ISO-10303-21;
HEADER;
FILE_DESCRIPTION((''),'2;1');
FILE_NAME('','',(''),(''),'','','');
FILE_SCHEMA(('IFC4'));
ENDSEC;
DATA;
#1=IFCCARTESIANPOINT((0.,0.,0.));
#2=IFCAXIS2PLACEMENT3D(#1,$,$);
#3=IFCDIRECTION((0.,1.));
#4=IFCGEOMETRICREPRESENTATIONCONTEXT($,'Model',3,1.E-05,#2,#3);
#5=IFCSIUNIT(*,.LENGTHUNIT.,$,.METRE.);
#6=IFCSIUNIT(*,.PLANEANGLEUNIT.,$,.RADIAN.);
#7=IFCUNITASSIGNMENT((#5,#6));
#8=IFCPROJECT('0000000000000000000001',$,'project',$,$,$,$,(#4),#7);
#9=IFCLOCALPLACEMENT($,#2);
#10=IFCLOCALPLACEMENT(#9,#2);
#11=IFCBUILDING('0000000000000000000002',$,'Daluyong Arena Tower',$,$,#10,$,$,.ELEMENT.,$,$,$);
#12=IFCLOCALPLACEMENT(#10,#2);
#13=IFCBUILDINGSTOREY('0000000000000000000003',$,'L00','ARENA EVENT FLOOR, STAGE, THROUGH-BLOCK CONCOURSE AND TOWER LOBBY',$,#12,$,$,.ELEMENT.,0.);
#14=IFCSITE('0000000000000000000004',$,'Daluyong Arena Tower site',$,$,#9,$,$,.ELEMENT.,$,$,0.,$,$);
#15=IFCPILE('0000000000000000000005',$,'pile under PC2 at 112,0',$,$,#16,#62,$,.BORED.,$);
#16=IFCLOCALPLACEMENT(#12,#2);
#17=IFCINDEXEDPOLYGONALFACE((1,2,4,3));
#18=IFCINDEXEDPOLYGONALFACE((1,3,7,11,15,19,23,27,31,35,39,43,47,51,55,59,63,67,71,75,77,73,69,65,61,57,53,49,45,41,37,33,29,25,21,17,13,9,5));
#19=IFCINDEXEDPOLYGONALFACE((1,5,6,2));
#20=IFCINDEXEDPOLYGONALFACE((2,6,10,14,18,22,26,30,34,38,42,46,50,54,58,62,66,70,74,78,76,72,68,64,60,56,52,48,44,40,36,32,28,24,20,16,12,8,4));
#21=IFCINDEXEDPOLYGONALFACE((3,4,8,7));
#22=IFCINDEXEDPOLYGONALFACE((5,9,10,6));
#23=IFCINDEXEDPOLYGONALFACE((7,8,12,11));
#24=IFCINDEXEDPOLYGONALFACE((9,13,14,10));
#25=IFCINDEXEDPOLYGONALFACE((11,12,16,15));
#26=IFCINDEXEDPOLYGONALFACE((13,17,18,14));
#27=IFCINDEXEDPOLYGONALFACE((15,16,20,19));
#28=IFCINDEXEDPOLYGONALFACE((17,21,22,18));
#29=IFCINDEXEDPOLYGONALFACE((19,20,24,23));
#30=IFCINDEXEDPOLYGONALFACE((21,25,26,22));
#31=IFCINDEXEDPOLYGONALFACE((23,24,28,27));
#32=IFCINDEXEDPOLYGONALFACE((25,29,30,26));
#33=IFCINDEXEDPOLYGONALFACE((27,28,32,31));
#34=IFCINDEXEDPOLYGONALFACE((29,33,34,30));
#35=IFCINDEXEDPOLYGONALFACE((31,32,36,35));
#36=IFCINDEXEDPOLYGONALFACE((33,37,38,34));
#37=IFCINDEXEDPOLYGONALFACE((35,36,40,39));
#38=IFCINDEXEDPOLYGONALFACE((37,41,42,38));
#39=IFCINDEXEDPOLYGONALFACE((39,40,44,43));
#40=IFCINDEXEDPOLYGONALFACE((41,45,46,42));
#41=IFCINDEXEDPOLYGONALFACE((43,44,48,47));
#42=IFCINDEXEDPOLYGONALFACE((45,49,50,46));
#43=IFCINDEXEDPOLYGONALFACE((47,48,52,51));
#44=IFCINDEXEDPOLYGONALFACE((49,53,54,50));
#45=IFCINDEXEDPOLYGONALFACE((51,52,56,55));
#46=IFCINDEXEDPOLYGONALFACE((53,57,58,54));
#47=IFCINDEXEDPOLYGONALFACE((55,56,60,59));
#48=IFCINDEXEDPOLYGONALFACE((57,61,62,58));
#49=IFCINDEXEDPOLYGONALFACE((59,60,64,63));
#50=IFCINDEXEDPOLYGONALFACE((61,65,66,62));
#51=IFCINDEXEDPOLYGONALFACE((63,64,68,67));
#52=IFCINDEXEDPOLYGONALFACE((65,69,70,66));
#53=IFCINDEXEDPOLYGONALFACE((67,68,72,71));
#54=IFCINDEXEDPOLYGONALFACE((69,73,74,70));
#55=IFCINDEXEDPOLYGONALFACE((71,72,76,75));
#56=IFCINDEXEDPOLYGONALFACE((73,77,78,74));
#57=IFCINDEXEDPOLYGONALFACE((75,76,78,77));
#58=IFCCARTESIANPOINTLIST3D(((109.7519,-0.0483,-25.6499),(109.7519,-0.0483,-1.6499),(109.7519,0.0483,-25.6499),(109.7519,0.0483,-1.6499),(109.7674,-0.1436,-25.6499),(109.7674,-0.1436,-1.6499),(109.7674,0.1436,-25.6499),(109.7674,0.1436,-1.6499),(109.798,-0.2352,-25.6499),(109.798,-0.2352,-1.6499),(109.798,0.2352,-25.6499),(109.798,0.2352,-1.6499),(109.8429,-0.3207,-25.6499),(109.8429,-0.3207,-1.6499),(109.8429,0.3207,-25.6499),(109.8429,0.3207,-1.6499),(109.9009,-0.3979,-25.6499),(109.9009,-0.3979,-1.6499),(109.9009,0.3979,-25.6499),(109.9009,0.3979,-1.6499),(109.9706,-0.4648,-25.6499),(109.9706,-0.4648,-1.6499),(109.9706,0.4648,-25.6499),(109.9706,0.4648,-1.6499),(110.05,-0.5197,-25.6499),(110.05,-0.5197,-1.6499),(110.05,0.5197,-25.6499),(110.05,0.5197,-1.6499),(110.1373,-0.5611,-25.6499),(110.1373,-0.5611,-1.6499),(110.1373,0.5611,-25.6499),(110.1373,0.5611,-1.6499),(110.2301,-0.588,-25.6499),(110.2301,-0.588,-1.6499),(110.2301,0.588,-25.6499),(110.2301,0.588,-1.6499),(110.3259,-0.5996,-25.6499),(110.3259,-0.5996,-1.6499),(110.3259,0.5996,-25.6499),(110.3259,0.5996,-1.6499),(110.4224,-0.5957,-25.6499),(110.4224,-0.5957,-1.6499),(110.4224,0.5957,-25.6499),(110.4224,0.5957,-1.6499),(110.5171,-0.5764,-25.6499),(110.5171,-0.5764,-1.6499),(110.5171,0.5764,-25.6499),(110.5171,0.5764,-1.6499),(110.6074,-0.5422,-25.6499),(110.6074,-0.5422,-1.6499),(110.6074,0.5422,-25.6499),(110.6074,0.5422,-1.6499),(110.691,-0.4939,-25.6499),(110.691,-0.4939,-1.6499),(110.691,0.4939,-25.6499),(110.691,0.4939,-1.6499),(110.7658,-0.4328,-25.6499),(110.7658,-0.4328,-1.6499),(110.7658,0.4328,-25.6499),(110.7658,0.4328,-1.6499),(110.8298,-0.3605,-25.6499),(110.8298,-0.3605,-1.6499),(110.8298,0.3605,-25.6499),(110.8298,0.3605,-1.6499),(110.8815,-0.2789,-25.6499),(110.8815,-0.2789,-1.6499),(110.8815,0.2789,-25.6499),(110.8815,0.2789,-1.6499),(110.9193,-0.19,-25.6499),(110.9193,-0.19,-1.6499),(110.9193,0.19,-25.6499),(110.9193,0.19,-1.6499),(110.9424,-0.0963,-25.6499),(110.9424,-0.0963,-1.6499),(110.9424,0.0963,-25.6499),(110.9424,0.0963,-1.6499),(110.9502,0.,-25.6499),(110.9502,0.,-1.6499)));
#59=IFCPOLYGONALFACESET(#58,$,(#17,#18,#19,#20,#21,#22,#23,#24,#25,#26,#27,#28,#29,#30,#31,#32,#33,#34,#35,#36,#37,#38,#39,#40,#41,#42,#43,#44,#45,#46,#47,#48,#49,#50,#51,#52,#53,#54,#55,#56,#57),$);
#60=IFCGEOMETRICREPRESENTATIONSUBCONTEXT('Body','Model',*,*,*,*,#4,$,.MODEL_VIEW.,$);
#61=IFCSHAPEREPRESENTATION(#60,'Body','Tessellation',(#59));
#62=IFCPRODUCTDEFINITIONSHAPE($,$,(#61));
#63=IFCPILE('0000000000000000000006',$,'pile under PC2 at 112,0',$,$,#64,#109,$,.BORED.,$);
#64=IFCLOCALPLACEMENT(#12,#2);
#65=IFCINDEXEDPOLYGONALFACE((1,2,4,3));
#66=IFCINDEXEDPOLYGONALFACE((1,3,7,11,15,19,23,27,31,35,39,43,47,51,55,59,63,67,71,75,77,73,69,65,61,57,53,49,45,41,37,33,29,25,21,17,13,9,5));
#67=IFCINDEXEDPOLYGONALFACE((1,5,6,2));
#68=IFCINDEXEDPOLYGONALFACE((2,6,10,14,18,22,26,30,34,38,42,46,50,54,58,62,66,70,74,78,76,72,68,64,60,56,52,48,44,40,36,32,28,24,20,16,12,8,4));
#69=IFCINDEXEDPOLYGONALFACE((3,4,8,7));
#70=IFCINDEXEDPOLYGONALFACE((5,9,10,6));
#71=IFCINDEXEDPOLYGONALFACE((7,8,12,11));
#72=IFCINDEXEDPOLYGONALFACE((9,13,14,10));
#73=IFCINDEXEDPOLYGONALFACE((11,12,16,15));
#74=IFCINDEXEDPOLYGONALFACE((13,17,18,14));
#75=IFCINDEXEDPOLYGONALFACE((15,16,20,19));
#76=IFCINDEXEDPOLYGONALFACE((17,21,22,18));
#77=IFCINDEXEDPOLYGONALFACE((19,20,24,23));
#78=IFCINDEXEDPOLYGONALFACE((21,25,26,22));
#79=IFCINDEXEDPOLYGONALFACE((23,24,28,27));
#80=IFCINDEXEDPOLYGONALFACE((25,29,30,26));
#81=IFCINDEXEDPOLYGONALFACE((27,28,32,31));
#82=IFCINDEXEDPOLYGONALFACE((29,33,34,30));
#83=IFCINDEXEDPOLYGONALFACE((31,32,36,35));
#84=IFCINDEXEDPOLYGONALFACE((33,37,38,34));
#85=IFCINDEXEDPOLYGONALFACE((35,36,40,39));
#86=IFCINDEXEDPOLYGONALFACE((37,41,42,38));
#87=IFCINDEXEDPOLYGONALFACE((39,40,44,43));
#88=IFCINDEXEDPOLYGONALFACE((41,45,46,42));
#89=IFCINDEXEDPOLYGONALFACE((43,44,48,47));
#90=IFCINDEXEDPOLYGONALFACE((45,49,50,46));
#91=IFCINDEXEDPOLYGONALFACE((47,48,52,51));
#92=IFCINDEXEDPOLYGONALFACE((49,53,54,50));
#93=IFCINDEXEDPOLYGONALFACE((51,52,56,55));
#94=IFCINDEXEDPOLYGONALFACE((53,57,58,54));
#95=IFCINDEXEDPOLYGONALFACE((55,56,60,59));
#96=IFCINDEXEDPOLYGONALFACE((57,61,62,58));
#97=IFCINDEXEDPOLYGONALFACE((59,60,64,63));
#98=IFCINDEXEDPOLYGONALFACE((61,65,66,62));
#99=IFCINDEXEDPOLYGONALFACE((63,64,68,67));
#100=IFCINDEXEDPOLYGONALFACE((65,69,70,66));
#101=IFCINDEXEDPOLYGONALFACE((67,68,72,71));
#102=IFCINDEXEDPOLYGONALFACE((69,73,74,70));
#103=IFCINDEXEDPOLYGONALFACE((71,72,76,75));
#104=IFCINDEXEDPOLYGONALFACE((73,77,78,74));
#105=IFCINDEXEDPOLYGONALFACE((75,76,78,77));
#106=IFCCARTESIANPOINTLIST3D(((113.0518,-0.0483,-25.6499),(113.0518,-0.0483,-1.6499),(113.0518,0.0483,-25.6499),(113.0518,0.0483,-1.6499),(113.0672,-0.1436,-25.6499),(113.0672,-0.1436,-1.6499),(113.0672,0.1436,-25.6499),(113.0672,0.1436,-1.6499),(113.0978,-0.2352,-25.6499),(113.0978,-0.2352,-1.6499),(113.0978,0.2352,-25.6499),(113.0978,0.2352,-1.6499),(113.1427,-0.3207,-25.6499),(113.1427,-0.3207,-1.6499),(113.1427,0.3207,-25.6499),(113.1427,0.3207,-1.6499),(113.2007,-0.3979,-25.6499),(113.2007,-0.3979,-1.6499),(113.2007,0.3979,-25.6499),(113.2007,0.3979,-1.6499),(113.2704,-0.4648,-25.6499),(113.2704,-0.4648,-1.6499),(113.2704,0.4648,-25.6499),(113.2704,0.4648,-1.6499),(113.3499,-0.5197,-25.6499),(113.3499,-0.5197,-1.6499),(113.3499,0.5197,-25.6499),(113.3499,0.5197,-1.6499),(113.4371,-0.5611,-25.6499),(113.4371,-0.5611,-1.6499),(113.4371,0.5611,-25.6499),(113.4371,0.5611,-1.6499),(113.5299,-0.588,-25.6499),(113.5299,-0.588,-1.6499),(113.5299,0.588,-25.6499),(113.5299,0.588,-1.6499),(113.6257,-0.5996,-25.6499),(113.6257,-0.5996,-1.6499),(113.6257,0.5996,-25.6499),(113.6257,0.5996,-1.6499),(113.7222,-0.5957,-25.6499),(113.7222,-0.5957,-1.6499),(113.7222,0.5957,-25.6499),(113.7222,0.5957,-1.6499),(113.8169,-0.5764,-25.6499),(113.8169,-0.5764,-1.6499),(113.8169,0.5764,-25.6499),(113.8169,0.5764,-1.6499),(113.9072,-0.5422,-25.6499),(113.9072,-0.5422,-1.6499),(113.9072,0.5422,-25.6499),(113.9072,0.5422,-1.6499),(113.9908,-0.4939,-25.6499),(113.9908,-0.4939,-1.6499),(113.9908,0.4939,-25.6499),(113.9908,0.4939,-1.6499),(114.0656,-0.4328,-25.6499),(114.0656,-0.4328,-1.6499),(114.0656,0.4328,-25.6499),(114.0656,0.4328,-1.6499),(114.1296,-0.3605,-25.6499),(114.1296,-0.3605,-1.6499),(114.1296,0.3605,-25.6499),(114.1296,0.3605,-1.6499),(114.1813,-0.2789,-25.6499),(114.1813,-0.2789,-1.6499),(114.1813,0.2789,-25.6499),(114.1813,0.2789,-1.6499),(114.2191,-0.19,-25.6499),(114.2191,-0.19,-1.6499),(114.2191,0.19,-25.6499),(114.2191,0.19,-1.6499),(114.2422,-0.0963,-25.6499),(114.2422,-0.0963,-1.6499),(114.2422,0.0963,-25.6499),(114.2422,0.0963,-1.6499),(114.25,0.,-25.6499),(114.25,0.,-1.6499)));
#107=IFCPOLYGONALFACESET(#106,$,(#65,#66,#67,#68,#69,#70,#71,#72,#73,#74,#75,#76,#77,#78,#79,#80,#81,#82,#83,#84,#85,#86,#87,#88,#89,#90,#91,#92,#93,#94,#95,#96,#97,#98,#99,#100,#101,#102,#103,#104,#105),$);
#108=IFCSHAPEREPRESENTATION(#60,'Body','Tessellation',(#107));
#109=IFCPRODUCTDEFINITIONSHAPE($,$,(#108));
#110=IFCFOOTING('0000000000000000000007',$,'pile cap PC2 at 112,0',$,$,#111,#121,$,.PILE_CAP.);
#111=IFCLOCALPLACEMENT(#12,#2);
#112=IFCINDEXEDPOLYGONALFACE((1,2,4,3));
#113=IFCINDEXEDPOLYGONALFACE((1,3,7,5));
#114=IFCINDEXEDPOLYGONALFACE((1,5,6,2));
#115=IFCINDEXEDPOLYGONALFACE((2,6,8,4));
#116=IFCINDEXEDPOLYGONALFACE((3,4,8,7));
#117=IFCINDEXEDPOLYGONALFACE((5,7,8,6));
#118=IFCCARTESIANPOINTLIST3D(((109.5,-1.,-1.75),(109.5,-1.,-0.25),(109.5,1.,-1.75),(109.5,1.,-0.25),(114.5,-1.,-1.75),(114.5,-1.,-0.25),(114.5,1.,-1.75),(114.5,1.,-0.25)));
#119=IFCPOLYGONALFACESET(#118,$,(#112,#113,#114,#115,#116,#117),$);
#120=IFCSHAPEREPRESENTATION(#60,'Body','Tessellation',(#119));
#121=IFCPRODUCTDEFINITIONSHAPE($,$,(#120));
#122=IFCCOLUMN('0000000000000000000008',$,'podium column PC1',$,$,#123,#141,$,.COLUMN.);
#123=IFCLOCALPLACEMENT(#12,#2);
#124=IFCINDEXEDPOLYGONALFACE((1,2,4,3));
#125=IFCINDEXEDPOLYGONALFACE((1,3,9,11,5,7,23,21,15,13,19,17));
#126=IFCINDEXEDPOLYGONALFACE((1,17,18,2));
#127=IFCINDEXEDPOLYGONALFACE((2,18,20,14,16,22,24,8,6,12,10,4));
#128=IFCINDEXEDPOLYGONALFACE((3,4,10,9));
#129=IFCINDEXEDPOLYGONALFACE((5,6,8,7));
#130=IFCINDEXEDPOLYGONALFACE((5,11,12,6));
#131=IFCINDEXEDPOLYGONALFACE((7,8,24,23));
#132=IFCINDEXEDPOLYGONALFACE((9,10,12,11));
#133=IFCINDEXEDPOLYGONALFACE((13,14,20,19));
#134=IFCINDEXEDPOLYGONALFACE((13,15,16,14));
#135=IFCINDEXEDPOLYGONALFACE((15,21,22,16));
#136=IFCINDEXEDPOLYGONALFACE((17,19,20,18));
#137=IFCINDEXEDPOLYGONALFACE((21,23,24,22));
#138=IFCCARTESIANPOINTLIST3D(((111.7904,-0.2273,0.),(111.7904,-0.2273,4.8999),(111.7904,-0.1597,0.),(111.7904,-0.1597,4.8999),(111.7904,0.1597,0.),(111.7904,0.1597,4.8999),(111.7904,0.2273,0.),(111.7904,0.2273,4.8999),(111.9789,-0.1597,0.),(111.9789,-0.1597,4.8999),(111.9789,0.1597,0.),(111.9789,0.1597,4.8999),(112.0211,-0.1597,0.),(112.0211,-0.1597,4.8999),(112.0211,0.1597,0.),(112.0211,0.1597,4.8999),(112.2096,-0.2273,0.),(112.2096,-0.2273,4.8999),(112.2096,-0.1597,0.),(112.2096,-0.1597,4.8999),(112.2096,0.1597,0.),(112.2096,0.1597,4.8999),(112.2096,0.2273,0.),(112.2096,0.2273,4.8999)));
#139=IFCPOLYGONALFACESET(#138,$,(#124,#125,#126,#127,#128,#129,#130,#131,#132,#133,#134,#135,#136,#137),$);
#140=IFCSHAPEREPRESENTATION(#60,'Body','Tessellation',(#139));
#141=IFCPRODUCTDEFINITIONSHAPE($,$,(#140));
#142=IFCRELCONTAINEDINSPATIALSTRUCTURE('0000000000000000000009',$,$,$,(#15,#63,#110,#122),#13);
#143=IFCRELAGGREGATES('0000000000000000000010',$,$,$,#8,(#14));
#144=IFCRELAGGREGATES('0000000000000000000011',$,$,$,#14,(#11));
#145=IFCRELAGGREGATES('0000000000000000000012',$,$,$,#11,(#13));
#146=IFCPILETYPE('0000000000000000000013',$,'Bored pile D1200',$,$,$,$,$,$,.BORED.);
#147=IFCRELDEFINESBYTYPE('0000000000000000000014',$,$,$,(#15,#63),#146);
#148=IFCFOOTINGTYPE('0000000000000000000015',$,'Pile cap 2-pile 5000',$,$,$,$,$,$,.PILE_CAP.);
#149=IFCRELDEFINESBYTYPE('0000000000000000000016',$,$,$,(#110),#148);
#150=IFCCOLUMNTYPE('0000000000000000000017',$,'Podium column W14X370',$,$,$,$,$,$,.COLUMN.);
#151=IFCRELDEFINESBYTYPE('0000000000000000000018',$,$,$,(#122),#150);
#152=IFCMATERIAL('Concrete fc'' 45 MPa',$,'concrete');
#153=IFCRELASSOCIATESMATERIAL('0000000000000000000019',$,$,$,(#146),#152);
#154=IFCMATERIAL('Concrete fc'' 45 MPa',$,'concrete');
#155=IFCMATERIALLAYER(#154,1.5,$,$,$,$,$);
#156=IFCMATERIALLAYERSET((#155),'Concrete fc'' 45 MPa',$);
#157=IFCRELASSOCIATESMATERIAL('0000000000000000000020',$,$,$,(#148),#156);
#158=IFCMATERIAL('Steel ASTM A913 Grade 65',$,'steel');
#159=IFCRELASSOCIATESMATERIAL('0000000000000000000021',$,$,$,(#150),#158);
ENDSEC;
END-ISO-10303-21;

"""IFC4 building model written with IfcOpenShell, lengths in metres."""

from ifc_helpers import new_model, si_unit, direction, frame, origin, origin_2d, place, context, subcontext, project, spatial, rectangle, circle, i_section, extrude, material, layer, layer_set, material_profile, profile_set, type_object, element, save


model = new_model("IFC4")

# Units and contexts
model_context = context("Model", 3, precision=1e-05, world=origin(), true_north=direction((0.0, 1.0)))
body_context = subcontext(model_context, "Body", "Model", "MODEL_VIEW")
ifc_project = project(units=[si_unit("LENGTHUNIT", "METRE"), si_unit("PLANEANGLEUNIT", "RADIAN")], contexts=[model_context])

# Site, building, storey
site_placement = place(None, origin())
site = spatial("IfcSite", under=ifc_project, at=site_placement, Name="Daluyong Arena Tower site", CompositionType="ELEMENT", RefElevation=0.0)
building_placement = place(site_placement, origin())
building = spatial("IfcBuilding", under=site, at=building_placement, Name="Daluyong Arena Tower", CompositionType="ELEMENT")
storey_placement = place(building_placement, origin())
storey = spatial("IfcBuildingStorey", under=building, at=storey_placement, Name="L00", Description="ARENA EVENT FLOOR, STAGE, THROUGH-BLOCK CONCOURSE AND TOWER LOBBY", CompositionType="ELEMENT", Elevation=0.0)

# Piles
ifc_material_1 = material(Name="Concrete fc' 45 MPa", Category="concrete")
pile_type = type_object("IfcPileType", Name="Bored pile D1200", PredefinedType="BORED", material=ifc_material_1)
for number, where, z_axis, x_axis, name in (
    (1, (110.3501, 0.0, -1.6499), (0.0, 0.0, -1.0), (1.0, 0.0, 0.0), "pile under PC2 at 112,0"),
    (2, (113.6499, 0.0, -1.6499), (0.0, 0.0, -1.0), (1.0, 0.0, 0.0), "pile under PC2 at 112,0"),
):
    element("IfcPile", number, at=place(storey_placement, frame(where, z_axis=z_axis, x_axis=x_axis)), inside=storey, type_object=pile_type, Name=name, PredefinedType="BORED", context=body_context, shape_type="SweptSolid", body=[
        extrude(circle(Radius=0.6001, at=origin_2d()), origin(), (0.0, 0.0, 1.0), 24.0),
    ])

# Footing
ifc_material_2 = material(Name="Concrete fc' 45 MPa", Category="concrete")
ifc_layer_1 = layer(ifc_material_2, 1.5)
ifc_layer_set_1 = layer_set([ifc_layer_1], Name="Concrete fc' 45 MPa")
footing_type = type_object("IfcFootingType", Name="Pile cap 2-pile 5000", PredefinedType="PILE_CAP", material=ifc_layer_set_1)
footing_placement = place(storey_placement, frame((112.0, 0.0, -1.75), z_axis=(0.0, 0.0, 1.0), x_axis=(1.0, 0.0, 0.0)))
element("IfcFooting", 3, at=footing_placement, inside=storey, type_object=footing_type, Name="pile cap PC2 at 112,0", PredefinedType="PILE_CAP", context=body_context, shape_type="SweptSolid", body=[
    extrude(rectangle(XDim=5.0, YDim=2.0, at=origin_2d()), origin(), (0.0, 0.0, 1.0), 1.5),
])

# Column
ifc_material_3 = material(Name="Steel ASTM A913 Grade 65", Category="steel")
ifc_material_profile = material_profile(ifc_material_3, i_section(OverallWidth=0.4192, OverallDepth=0.4546, WebThickness=0.0422, FlangeThickness=0.0676, at=origin_2d()))
ifc_profile_set = profile_set([ifc_material_profile], Name="Steel ASTM A913 Grade 65")
column_type = type_object("IfcColumnType", Name="Podium column W14X370", PredefinedType="COLUMN", material=ifc_profile_set)
column_placement = place(storey_placement, frame((112.0, 0.0, 0.0), z_axis=(0.0, 0.0, 1.0), x_axis=(1.0, 0.0, 0.0)))
element("IfcColumn", 4, at=column_placement, inside=storey, type_object=column_type, Name="podium column PC1", PredefinedType="COLUMN", context=body_context, shape_type="SweptSolid", body=[
    extrude(i_section(OverallWidth=0.4192, OverallDepth=0.4546, WebThickness=0.0422, FlangeThickness=0.0676, at=origin_2d()), origin(), (0.0, 0.0, 1.0), 4.8999),
])

save(model, "model.ifc")
